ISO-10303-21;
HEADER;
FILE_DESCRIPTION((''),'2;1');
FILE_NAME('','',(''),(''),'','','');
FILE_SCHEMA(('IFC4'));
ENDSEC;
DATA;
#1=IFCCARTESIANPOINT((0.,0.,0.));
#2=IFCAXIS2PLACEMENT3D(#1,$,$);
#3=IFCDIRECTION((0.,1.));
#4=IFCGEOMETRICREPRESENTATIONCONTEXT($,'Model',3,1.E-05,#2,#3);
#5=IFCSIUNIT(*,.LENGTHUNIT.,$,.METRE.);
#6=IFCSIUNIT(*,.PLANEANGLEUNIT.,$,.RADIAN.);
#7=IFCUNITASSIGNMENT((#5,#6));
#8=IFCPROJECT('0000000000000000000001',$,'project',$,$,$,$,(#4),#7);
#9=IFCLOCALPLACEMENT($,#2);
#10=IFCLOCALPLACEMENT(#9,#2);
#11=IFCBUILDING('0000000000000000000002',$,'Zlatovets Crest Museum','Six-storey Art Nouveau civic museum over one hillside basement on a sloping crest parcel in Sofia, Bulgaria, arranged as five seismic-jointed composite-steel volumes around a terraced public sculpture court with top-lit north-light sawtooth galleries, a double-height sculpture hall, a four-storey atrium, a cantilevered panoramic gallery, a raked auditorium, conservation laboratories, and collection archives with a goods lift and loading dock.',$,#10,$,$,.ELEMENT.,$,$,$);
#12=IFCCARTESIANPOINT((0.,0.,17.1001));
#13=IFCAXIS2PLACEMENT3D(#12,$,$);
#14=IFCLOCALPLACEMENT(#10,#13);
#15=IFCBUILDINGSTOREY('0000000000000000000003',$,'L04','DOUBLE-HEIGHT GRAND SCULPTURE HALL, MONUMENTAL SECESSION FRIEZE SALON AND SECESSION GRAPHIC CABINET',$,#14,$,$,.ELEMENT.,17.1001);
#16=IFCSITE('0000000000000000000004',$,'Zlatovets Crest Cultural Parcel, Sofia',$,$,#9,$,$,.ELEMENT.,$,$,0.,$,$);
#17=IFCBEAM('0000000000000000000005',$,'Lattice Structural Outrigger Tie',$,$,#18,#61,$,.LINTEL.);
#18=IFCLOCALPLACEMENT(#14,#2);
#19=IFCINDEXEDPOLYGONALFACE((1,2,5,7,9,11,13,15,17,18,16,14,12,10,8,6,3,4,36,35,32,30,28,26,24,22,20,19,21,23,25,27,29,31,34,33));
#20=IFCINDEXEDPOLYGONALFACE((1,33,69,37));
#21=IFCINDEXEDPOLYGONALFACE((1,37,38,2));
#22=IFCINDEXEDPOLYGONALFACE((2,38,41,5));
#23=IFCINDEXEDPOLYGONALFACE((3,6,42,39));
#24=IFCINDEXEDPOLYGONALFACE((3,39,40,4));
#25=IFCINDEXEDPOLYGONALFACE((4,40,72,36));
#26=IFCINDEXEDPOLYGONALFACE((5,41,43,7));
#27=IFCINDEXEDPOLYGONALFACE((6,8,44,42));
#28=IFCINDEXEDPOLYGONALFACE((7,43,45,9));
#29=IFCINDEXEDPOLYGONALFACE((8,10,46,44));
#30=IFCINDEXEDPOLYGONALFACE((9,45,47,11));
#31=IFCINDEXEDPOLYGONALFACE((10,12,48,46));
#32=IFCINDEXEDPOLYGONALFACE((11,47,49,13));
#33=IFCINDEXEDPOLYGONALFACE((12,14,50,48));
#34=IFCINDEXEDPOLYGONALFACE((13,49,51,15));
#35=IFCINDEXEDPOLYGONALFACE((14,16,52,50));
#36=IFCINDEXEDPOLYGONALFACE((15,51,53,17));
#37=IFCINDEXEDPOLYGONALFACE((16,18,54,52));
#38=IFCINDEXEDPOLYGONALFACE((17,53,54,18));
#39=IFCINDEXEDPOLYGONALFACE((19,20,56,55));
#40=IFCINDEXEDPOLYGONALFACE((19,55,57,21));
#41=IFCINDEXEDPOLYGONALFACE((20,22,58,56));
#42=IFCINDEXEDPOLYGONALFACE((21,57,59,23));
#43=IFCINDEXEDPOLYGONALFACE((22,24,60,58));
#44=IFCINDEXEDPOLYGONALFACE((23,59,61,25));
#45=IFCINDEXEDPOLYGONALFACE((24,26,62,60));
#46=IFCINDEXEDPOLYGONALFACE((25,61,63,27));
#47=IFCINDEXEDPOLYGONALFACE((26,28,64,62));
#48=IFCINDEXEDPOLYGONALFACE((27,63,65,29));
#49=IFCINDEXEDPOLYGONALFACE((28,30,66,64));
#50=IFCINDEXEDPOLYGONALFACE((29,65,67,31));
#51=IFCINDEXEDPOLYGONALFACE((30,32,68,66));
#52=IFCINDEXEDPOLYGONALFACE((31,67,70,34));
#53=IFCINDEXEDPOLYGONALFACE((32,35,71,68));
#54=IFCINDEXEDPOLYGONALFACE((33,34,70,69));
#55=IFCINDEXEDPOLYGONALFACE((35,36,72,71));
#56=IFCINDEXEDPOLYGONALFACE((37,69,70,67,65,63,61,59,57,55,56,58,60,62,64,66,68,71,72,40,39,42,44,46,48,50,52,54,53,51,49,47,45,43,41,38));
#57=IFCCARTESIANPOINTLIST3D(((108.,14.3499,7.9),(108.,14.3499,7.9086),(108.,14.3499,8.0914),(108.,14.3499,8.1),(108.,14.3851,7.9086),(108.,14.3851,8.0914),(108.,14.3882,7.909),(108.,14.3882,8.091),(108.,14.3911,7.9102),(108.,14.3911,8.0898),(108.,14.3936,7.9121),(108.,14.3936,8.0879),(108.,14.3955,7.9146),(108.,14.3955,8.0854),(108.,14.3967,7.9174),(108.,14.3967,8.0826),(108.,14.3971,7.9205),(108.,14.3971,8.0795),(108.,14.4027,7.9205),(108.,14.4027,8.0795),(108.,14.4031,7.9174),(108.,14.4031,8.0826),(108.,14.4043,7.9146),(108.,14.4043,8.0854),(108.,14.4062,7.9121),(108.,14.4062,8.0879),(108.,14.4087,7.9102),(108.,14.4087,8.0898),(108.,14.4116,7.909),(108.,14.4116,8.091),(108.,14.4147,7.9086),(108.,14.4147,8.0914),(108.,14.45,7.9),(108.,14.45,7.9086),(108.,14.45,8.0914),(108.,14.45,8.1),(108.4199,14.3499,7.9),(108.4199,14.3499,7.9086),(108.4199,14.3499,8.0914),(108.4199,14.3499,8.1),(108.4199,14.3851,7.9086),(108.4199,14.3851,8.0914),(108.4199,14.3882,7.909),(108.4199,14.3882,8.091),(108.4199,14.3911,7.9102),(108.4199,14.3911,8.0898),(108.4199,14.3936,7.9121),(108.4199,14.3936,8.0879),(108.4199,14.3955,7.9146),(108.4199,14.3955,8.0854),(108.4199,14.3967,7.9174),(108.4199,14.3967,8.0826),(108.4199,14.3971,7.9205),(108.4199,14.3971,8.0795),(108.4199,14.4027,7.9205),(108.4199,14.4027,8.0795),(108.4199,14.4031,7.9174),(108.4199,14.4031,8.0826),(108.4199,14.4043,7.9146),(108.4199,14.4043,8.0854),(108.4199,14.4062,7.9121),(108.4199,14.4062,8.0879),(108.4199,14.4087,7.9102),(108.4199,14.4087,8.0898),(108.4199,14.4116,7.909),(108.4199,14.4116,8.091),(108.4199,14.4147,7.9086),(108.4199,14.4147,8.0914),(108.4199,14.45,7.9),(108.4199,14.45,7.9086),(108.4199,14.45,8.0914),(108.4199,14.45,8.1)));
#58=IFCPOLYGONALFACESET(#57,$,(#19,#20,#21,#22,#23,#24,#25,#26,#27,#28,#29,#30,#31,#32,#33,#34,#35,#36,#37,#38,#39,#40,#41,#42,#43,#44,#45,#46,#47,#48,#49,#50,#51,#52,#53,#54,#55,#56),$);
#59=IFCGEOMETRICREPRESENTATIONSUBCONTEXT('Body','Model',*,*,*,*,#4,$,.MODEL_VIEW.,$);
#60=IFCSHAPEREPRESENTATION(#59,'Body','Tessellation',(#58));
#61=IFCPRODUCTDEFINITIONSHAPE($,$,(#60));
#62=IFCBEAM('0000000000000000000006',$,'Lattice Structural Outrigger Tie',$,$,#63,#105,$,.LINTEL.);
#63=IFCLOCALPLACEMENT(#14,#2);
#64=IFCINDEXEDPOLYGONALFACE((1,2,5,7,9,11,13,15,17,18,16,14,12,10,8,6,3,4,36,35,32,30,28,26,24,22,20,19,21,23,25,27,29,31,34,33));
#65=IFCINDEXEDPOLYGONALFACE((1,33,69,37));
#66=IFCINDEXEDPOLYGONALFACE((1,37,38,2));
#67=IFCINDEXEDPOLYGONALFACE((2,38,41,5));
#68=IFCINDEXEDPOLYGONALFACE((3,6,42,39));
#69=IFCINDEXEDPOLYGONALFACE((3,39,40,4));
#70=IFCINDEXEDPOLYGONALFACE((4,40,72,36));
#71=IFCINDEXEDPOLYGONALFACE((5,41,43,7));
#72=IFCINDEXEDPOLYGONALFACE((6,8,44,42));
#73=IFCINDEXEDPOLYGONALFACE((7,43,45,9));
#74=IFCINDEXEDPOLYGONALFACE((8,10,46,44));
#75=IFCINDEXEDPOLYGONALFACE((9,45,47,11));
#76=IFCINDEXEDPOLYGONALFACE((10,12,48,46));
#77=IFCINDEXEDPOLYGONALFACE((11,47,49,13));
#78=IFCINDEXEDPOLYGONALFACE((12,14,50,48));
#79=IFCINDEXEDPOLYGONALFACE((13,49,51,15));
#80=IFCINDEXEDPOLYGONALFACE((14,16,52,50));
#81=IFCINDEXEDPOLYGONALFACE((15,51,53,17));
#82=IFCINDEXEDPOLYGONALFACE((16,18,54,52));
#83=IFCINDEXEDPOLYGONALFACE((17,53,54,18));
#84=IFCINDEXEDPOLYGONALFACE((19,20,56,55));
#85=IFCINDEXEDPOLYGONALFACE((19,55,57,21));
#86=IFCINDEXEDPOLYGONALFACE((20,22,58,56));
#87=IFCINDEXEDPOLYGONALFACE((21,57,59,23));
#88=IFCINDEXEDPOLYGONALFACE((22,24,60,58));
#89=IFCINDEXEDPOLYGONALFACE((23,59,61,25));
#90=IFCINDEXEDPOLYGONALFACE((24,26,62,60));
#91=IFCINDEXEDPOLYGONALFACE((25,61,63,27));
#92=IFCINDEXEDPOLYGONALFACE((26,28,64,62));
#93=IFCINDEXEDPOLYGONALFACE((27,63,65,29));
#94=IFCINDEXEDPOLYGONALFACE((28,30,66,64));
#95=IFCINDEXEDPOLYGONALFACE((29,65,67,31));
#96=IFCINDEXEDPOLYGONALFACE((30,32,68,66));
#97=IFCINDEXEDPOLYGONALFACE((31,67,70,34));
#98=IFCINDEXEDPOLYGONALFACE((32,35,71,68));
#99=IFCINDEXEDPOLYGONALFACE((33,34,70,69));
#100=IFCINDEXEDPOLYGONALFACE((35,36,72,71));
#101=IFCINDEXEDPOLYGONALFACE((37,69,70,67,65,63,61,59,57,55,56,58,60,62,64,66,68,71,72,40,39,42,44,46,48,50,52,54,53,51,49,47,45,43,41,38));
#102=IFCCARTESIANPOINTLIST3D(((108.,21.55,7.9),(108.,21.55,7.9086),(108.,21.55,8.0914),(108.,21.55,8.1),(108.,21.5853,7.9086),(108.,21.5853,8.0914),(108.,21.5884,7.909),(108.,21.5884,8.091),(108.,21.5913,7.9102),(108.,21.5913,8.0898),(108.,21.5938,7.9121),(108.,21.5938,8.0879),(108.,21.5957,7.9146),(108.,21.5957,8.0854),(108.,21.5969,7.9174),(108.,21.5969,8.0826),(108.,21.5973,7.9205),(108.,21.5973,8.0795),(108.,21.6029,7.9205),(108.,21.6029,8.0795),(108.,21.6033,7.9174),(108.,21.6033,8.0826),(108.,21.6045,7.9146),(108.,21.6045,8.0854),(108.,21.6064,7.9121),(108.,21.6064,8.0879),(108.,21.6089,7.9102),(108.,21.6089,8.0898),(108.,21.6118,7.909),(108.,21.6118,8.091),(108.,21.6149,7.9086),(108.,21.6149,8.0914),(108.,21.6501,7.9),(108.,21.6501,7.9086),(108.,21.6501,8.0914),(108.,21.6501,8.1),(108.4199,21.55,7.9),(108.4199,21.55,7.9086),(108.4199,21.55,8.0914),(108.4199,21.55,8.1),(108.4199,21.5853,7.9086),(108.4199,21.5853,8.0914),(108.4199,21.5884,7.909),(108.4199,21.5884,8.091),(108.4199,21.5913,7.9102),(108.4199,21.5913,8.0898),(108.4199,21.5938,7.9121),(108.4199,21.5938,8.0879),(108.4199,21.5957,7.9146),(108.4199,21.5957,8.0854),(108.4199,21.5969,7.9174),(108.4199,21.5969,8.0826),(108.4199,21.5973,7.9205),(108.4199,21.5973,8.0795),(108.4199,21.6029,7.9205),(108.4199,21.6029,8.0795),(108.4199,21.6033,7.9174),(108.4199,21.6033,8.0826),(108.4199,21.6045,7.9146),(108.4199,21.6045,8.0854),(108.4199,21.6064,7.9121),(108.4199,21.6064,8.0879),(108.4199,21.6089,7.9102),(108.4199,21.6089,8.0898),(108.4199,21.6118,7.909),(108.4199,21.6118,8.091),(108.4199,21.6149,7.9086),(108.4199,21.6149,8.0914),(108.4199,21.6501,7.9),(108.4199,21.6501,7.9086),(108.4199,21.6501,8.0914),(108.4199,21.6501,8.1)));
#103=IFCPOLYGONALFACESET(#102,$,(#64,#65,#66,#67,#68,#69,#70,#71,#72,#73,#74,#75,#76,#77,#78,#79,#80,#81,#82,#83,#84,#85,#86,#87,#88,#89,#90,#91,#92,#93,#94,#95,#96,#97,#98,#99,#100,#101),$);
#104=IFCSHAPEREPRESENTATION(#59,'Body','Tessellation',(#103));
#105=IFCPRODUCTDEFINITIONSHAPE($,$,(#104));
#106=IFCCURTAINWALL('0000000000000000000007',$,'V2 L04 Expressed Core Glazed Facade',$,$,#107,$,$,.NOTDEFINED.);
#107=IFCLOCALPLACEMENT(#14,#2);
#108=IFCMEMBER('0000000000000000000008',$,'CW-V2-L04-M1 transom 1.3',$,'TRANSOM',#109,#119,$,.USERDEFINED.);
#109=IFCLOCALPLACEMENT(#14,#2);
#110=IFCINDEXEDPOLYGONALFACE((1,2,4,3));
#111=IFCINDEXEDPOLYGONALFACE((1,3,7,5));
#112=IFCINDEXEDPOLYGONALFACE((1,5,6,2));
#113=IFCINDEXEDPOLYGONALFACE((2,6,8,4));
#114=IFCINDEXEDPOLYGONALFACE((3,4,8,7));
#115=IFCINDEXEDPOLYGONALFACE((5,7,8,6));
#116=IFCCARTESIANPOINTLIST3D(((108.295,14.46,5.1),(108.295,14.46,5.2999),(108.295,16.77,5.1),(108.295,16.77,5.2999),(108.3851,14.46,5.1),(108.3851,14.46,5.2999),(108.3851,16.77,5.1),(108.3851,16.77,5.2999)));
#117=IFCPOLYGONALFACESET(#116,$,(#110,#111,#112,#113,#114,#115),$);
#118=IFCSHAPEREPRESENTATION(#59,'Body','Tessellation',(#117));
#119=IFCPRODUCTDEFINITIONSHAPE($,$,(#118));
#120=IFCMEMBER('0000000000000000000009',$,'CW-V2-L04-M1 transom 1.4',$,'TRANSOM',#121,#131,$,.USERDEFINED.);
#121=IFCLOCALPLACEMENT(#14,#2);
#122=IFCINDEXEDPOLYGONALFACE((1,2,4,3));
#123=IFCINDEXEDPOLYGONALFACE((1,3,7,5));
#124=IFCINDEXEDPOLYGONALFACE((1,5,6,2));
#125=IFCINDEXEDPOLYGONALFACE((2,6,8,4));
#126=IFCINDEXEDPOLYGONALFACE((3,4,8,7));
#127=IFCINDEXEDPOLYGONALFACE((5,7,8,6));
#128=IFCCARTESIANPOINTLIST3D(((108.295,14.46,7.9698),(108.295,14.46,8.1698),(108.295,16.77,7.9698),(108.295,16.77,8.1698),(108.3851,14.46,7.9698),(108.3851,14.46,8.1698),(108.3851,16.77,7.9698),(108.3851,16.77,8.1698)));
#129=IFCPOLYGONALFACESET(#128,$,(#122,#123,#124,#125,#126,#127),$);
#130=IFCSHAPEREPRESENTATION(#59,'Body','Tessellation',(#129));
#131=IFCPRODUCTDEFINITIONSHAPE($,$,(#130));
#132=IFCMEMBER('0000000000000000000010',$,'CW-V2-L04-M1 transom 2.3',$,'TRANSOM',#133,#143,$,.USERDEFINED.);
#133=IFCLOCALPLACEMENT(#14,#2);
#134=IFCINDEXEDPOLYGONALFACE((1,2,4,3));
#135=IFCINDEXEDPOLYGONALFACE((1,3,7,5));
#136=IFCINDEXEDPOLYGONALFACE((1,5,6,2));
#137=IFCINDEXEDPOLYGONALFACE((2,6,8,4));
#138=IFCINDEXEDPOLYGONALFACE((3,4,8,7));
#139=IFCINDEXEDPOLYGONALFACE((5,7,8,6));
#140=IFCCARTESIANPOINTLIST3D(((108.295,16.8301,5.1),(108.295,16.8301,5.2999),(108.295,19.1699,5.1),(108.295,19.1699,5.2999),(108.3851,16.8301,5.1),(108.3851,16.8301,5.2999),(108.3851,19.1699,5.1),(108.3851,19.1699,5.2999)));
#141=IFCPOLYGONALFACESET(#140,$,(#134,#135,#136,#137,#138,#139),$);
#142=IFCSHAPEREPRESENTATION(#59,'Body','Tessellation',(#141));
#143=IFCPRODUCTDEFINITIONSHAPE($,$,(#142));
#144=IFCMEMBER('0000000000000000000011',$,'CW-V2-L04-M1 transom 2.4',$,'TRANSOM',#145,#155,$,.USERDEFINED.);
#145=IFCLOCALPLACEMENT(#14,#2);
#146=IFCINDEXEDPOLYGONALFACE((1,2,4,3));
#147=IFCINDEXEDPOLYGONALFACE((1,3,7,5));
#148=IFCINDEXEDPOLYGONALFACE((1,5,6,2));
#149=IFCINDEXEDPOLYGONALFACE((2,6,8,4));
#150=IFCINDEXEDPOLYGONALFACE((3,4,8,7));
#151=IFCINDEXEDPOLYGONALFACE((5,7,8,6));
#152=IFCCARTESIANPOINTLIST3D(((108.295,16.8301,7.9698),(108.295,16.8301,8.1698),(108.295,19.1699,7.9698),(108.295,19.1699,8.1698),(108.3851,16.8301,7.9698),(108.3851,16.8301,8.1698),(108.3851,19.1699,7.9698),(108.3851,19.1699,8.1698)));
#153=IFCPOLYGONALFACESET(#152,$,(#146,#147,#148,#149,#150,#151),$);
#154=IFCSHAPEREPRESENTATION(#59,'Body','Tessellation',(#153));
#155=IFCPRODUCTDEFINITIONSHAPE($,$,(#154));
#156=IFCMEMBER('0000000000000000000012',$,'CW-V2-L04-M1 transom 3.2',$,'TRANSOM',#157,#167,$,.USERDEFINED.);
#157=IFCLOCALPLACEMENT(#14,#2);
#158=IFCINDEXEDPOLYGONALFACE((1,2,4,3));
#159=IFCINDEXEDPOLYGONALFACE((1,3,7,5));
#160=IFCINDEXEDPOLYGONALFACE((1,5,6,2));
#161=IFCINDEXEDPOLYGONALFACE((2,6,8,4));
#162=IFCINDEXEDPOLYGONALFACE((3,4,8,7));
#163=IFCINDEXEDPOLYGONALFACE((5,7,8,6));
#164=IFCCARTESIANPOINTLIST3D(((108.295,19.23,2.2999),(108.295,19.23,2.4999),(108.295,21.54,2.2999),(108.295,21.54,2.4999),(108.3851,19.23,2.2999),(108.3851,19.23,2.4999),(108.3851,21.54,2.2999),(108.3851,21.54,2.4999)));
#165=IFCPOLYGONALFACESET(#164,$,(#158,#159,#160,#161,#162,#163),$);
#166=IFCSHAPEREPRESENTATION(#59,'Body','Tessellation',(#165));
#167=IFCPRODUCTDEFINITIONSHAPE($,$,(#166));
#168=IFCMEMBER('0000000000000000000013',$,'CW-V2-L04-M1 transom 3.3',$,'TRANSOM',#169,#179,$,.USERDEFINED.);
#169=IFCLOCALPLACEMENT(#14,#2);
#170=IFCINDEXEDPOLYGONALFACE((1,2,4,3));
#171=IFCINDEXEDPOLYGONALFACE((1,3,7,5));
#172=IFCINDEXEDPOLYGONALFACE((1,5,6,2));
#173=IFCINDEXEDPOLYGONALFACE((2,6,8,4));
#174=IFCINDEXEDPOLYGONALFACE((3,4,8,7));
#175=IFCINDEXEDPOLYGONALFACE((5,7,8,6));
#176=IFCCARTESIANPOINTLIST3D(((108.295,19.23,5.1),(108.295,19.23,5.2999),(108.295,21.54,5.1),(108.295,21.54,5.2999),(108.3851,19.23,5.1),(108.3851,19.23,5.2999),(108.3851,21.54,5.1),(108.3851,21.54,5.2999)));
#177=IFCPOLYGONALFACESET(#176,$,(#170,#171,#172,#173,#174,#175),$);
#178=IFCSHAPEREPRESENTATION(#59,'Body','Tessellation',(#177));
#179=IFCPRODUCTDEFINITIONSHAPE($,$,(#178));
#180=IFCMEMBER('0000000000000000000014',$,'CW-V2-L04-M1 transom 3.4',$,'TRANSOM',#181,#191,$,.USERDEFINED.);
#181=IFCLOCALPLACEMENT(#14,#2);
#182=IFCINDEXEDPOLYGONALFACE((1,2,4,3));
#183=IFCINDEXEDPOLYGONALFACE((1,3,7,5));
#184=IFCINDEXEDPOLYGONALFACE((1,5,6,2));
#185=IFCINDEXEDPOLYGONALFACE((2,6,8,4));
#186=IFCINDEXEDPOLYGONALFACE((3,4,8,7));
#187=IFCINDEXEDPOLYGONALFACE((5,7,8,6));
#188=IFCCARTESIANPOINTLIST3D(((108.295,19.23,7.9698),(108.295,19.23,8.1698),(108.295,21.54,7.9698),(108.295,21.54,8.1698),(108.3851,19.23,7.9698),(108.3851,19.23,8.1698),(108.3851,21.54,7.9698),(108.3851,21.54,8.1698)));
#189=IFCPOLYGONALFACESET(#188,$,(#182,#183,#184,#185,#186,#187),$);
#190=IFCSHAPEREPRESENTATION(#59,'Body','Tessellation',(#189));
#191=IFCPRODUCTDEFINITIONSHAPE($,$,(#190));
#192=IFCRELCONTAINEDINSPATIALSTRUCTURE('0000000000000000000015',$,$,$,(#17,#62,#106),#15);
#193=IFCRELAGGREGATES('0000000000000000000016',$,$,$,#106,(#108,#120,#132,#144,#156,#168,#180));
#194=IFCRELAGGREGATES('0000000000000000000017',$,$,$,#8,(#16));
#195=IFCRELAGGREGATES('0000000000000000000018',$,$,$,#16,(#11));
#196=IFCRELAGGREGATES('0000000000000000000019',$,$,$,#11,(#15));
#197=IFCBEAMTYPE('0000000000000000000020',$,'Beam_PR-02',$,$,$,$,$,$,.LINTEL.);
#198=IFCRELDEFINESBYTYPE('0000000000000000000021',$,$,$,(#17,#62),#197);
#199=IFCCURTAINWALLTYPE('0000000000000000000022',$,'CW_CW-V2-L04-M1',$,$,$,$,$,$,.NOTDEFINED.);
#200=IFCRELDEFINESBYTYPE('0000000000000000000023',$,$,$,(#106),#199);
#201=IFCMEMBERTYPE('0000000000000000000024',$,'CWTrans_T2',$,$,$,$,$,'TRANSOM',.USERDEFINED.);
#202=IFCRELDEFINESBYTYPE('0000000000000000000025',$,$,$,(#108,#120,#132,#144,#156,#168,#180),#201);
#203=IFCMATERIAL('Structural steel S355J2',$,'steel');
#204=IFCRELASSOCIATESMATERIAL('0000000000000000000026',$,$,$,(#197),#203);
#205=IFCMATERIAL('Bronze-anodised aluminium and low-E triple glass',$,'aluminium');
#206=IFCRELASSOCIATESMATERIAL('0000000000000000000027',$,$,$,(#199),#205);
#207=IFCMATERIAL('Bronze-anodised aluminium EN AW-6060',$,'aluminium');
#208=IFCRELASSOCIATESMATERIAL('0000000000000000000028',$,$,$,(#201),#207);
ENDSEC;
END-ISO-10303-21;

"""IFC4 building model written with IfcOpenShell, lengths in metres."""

from ifc_helpers import new_model, si_unit, direction, frame, origin, origin_2d, place, context, subcontext, project, spatial, rectangle, i_section, extrude, material, material_profile, profile_set, type_object, element, aggregate, save


model = new_model("IFC4")

# Units and contexts
model_context = context("Model", 3, precision=1e-05, world=origin(), true_north=direction((0.0, 1.0)))
body_context = subcontext(model_context, "Body", "Model", "MODEL_VIEW")
ifc_project = project(units=[si_unit("LENGTHUNIT", "METRE"), si_unit("PLANEANGLEUNIT", "RADIAN")], contexts=[model_context])

# Site, building, storey
site_placement = place(None, origin())
site = spatial("IfcSite", under=ifc_project, at=site_placement, Name="Zlatovets Crest Cultural Parcel, Sofia", CompositionType="ELEMENT", RefElevation=0.0)
building_placement = place(site_placement, origin())
building = spatial("IfcBuilding", under=site, at=building_placement, Name="Zlatovets Crest Museum", Description="Six-storey Art Nouveau civic museum over one hillside basement on a sloping crest parcel in Sofia, Bulgaria, arranged as five seismic-jointed composite-steel volumes around a terraced public sculpture court with top-lit north-light sawtooth galleries, a double-height sculpture hall, a four-storey atrium, a cantilevered panoramic gallery, a raked auditorium, conservation laboratories, and collection archives with a goods lift and loading dock.", CompositionType="ELEMENT")
storey_placement = place(building_placement, frame((0.0, 0.0, 17.1001)))
storey = spatial("IfcBuildingStorey", under=building, at=storey_placement, Name="L04", Description="DOUBLE-HEIGHT GRAND SCULPTURE HALL, MONUMENTAL SECESSION FRIEZE SALON AND SECESSION GRAPHIC CABINET", CompositionType="ELEMENT", Elevation=17.1001)

# Beams
ifc_material_1 = material(Name="Structural steel S355J2", Category="steel")
ifc_material_profile_1 = material_profile(ifc_material_1, i_section(OverallWidth=0.1001, OverallDepth=0.2, WebThickness=0.0056, FlangeThickness=0.0085, FilletRadius=0.012, at=origin_2d()), Name="IPE 200")
ifc_profile_set_1 = profile_set([ifc_material_profile_1], Name="Structural steel S355J2")
beam_type = type_object("IfcBeamType", Name="Beam_PR-02", PredefinedType="LINTEL", material=ifc_profile_set_1)
for number, where, z_axis, x_axis, name in (
    (1, (108.0, 14.3999, 8.0), (1.0, 0.0, 0.0), (0.0, 1.0, 0.0), "Lattice Structural Outrigger Tie"),
    (2, (108.0, 21.6001, 8.0), (1.0, 0.0, 0.0), (0.0, 1.0, 0.0), "Lattice Structural Outrigger Tie"),
):
    element("IfcBeam", number, at=place(storey_placement, frame(where, z_axis=z_axis, x_axis=x_axis)), inside=storey, type_object=beam_type, Name=name, PredefinedType="LINTEL", context=body_context, shape_type="SweptSolid", body=[
        extrude(i_section(OverallWidth=0.1001, OverallDepth=0.2, WebThickness=0.0056, FlangeThickness=0.0085, FilletRadius=0.012, at=origin_2d()), origin(), (0.0, 0.0, 1.0), 0.4199),
    ])

# Curtain wall, members
ifc_material_2 = material(Name="Bronze-anodised aluminium and low-E triple glass", Category="aluminium")
curtain_wall_type = type_object("IfcCurtainWallType", Name="CW_CW-V2-L04-M1", PredefinedType="NOTDEFINED", material=ifc_material_2)
curtain_wall_placement = place(storey_placement, origin())
curtain_wall = element("IfcCurtainWall", 3, at=curtain_wall_placement, inside=storey, type_object=curtain_wall_type, Name="V2 L04 Expressed Core Glazed Facade", PredefinedType="NOTDEFINED")
ifc_material_3 = material(Name="Bronze-anodised aluminium EN AW-6060", Category="aluminium")
ifc_material_profile_2 = material_profile(ifc_material_3, rectangle(XDim=0.0901, YDim=0.2, at=origin_2d()), Name="ALU 90x200")
ifc_profile_set_2 = profile_set([ifc_material_profile_2], Name="Bronze-anodised aluminium EN AW-6060")
member_type_1 = type_object("IfcMemberType", Name="CWTrans_T2", ElementType="TRANSOM", PredefinedType="USERDEFINED", material=ifc_profile_set_2)
member_1_placement = place(storey_placement, frame((108.3401, 14.46, 5.2), z_axis=(0.0, 1.0, 0.0), x_axis=(-1.0, 0.0, 0.0)))
member_1 = element("IfcMember", 4, at=member_1_placement, type_object=member_type_1, Name="CW-V2-L04-M1 transom 1.3", ObjectType="TRANSOM", PredefinedType="USERDEFINED", context=body_context, shape_type="SweptSolid", body=[
    extrude(rectangle(XDim=0.0901, YDim=0.2, at=origin_2d()), origin(), (0.0, 0.0, 1.0), 2.3101),
])
member_2_placement = place(storey_placement, frame((108.3401, 14.46, 8.0698), z_axis=(0.0, 1.0, 0.0), x_axis=(-1.0, 0.0, 0.0)))
member_2 = element("IfcMember", 5, at=member_2_placement, type_object=member_type_1, Name="CW-V2-L04-M1 transom 1.4", ObjectType="TRANSOM", PredefinedType="USERDEFINED", context=body_context, shape_type="SweptSolid", body=[
    extrude(rectangle(XDim=0.0901, YDim=0.2, at=origin_2d()), origin(), (0.0, 0.0, 1.0), 2.3101),
])
member_3_placement = place(storey_placement, frame((108.3401, 16.8301, 5.2), z_axis=(0.0, 1.0, 0.0), x_axis=(-1.0, 0.0, 0.0)))
member_3 = element("IfcMember", 6, at=member_3_placement, type_object=member_type_1, Name="CW-V2-L04-M1 transom 2.3", ObjectType="TRANSOM", PredefinedType="USERDEFINED", context=body_context, shape_type="SweptSolid", body=[
    extrude(rectangle(XDim=0.0901, YDim=0.2, at=origin_2d()), origin(), (0.0, 0.0, 1.0), 2.3398),
])
member_4_placement = place(storey_placement, frame((108.3401, 16.8301, 8.0698), z_axis=(0.0, 1.0, 0.0), x_axis=(-1.0, 0.0, 0.0)))
member_4 = element("IfcMember", 7, at=member_4_placement, type_object=member_type_1, Name="CW-V2-L04-M1 transom 2.4", ObjectType="TRANSOM", PredefinedType="USERDEFINED", context=body_context, shape_type="SweptSolid", body=[
    extrude(rectangle(XDim=0.0901, YDim=0.2, at=origin_2d()), origin(), (0.0, 0.0, 1.0), 2.3398),
])
member_5_placement = place(storey_placement, frame((108.3401, 19.23, 2.3999), z_axis=(0.0, 1.0, 0.0), x_axis=(-1.0, 0.0, 0.0)))
member_5 = element("IfcMember", 8, at=member_5_placement, type_object=member_type_1, Name="CW-V2-L04-M1 transom 3.2", ObjectType="TRANSOM", PredefinedType="USERDEFINED", context=body_context, shape_type="SweptSolid", body=[
    extrude(rectangle(XDim=0.0901, YDim=0.2, at=origin_2d()), origin(), (0.0, 0.0, 1.0), 2.3101),
])
member_6_placement = place(storey_placement, frame((108.3401, 19.23, 5.2), z_axis=(0.0, 1.0, 0.0), x_axis=(-1.0, 0.0, 0.0)))
member_6 = element("IfcMember", 9, at=member_6_placement, type_object=member_type_1, Name="CW-V2-L04-M1 transom 3.3", ObjectType="TRANSOM", PredefinedType="USERDEFINED", context=body_context, shape_type="SweptSolid", body=[
    extrude(rectangle(XDim=0.0901, YDim=0.2, at=origin_2d()), origin(), (0.0, 0.0, 1.0), 2.3101),
])
member_7_placement = place(storey_placement, frame((108.3401, 19.23, 8.0698), z_axis=(0.0, 1.0, 0.0), x_axis=(-1.0, 0.0, 0.0)))
member_7 = element("IfcMember", 10, at=member_7_placement, type_object=member_type_1, Name="CW-V2-L04-M1 transom 3.4", ObjectType="TRANSOM", PredefinedType="USERDEFINED", context=body_context, shape_type="SweptSolid", body=[
    extrude(rectangle(XDim=0.0901, YDim=0.2, at=origin_2d()), origin(), (0.0, 0.0, 1.0), 2.3101),
])

aggregate(curtain_wall, [member_1, member_2, member_3, member_4, member_5, member_6, member_7])

save(model, "model.ifc")
